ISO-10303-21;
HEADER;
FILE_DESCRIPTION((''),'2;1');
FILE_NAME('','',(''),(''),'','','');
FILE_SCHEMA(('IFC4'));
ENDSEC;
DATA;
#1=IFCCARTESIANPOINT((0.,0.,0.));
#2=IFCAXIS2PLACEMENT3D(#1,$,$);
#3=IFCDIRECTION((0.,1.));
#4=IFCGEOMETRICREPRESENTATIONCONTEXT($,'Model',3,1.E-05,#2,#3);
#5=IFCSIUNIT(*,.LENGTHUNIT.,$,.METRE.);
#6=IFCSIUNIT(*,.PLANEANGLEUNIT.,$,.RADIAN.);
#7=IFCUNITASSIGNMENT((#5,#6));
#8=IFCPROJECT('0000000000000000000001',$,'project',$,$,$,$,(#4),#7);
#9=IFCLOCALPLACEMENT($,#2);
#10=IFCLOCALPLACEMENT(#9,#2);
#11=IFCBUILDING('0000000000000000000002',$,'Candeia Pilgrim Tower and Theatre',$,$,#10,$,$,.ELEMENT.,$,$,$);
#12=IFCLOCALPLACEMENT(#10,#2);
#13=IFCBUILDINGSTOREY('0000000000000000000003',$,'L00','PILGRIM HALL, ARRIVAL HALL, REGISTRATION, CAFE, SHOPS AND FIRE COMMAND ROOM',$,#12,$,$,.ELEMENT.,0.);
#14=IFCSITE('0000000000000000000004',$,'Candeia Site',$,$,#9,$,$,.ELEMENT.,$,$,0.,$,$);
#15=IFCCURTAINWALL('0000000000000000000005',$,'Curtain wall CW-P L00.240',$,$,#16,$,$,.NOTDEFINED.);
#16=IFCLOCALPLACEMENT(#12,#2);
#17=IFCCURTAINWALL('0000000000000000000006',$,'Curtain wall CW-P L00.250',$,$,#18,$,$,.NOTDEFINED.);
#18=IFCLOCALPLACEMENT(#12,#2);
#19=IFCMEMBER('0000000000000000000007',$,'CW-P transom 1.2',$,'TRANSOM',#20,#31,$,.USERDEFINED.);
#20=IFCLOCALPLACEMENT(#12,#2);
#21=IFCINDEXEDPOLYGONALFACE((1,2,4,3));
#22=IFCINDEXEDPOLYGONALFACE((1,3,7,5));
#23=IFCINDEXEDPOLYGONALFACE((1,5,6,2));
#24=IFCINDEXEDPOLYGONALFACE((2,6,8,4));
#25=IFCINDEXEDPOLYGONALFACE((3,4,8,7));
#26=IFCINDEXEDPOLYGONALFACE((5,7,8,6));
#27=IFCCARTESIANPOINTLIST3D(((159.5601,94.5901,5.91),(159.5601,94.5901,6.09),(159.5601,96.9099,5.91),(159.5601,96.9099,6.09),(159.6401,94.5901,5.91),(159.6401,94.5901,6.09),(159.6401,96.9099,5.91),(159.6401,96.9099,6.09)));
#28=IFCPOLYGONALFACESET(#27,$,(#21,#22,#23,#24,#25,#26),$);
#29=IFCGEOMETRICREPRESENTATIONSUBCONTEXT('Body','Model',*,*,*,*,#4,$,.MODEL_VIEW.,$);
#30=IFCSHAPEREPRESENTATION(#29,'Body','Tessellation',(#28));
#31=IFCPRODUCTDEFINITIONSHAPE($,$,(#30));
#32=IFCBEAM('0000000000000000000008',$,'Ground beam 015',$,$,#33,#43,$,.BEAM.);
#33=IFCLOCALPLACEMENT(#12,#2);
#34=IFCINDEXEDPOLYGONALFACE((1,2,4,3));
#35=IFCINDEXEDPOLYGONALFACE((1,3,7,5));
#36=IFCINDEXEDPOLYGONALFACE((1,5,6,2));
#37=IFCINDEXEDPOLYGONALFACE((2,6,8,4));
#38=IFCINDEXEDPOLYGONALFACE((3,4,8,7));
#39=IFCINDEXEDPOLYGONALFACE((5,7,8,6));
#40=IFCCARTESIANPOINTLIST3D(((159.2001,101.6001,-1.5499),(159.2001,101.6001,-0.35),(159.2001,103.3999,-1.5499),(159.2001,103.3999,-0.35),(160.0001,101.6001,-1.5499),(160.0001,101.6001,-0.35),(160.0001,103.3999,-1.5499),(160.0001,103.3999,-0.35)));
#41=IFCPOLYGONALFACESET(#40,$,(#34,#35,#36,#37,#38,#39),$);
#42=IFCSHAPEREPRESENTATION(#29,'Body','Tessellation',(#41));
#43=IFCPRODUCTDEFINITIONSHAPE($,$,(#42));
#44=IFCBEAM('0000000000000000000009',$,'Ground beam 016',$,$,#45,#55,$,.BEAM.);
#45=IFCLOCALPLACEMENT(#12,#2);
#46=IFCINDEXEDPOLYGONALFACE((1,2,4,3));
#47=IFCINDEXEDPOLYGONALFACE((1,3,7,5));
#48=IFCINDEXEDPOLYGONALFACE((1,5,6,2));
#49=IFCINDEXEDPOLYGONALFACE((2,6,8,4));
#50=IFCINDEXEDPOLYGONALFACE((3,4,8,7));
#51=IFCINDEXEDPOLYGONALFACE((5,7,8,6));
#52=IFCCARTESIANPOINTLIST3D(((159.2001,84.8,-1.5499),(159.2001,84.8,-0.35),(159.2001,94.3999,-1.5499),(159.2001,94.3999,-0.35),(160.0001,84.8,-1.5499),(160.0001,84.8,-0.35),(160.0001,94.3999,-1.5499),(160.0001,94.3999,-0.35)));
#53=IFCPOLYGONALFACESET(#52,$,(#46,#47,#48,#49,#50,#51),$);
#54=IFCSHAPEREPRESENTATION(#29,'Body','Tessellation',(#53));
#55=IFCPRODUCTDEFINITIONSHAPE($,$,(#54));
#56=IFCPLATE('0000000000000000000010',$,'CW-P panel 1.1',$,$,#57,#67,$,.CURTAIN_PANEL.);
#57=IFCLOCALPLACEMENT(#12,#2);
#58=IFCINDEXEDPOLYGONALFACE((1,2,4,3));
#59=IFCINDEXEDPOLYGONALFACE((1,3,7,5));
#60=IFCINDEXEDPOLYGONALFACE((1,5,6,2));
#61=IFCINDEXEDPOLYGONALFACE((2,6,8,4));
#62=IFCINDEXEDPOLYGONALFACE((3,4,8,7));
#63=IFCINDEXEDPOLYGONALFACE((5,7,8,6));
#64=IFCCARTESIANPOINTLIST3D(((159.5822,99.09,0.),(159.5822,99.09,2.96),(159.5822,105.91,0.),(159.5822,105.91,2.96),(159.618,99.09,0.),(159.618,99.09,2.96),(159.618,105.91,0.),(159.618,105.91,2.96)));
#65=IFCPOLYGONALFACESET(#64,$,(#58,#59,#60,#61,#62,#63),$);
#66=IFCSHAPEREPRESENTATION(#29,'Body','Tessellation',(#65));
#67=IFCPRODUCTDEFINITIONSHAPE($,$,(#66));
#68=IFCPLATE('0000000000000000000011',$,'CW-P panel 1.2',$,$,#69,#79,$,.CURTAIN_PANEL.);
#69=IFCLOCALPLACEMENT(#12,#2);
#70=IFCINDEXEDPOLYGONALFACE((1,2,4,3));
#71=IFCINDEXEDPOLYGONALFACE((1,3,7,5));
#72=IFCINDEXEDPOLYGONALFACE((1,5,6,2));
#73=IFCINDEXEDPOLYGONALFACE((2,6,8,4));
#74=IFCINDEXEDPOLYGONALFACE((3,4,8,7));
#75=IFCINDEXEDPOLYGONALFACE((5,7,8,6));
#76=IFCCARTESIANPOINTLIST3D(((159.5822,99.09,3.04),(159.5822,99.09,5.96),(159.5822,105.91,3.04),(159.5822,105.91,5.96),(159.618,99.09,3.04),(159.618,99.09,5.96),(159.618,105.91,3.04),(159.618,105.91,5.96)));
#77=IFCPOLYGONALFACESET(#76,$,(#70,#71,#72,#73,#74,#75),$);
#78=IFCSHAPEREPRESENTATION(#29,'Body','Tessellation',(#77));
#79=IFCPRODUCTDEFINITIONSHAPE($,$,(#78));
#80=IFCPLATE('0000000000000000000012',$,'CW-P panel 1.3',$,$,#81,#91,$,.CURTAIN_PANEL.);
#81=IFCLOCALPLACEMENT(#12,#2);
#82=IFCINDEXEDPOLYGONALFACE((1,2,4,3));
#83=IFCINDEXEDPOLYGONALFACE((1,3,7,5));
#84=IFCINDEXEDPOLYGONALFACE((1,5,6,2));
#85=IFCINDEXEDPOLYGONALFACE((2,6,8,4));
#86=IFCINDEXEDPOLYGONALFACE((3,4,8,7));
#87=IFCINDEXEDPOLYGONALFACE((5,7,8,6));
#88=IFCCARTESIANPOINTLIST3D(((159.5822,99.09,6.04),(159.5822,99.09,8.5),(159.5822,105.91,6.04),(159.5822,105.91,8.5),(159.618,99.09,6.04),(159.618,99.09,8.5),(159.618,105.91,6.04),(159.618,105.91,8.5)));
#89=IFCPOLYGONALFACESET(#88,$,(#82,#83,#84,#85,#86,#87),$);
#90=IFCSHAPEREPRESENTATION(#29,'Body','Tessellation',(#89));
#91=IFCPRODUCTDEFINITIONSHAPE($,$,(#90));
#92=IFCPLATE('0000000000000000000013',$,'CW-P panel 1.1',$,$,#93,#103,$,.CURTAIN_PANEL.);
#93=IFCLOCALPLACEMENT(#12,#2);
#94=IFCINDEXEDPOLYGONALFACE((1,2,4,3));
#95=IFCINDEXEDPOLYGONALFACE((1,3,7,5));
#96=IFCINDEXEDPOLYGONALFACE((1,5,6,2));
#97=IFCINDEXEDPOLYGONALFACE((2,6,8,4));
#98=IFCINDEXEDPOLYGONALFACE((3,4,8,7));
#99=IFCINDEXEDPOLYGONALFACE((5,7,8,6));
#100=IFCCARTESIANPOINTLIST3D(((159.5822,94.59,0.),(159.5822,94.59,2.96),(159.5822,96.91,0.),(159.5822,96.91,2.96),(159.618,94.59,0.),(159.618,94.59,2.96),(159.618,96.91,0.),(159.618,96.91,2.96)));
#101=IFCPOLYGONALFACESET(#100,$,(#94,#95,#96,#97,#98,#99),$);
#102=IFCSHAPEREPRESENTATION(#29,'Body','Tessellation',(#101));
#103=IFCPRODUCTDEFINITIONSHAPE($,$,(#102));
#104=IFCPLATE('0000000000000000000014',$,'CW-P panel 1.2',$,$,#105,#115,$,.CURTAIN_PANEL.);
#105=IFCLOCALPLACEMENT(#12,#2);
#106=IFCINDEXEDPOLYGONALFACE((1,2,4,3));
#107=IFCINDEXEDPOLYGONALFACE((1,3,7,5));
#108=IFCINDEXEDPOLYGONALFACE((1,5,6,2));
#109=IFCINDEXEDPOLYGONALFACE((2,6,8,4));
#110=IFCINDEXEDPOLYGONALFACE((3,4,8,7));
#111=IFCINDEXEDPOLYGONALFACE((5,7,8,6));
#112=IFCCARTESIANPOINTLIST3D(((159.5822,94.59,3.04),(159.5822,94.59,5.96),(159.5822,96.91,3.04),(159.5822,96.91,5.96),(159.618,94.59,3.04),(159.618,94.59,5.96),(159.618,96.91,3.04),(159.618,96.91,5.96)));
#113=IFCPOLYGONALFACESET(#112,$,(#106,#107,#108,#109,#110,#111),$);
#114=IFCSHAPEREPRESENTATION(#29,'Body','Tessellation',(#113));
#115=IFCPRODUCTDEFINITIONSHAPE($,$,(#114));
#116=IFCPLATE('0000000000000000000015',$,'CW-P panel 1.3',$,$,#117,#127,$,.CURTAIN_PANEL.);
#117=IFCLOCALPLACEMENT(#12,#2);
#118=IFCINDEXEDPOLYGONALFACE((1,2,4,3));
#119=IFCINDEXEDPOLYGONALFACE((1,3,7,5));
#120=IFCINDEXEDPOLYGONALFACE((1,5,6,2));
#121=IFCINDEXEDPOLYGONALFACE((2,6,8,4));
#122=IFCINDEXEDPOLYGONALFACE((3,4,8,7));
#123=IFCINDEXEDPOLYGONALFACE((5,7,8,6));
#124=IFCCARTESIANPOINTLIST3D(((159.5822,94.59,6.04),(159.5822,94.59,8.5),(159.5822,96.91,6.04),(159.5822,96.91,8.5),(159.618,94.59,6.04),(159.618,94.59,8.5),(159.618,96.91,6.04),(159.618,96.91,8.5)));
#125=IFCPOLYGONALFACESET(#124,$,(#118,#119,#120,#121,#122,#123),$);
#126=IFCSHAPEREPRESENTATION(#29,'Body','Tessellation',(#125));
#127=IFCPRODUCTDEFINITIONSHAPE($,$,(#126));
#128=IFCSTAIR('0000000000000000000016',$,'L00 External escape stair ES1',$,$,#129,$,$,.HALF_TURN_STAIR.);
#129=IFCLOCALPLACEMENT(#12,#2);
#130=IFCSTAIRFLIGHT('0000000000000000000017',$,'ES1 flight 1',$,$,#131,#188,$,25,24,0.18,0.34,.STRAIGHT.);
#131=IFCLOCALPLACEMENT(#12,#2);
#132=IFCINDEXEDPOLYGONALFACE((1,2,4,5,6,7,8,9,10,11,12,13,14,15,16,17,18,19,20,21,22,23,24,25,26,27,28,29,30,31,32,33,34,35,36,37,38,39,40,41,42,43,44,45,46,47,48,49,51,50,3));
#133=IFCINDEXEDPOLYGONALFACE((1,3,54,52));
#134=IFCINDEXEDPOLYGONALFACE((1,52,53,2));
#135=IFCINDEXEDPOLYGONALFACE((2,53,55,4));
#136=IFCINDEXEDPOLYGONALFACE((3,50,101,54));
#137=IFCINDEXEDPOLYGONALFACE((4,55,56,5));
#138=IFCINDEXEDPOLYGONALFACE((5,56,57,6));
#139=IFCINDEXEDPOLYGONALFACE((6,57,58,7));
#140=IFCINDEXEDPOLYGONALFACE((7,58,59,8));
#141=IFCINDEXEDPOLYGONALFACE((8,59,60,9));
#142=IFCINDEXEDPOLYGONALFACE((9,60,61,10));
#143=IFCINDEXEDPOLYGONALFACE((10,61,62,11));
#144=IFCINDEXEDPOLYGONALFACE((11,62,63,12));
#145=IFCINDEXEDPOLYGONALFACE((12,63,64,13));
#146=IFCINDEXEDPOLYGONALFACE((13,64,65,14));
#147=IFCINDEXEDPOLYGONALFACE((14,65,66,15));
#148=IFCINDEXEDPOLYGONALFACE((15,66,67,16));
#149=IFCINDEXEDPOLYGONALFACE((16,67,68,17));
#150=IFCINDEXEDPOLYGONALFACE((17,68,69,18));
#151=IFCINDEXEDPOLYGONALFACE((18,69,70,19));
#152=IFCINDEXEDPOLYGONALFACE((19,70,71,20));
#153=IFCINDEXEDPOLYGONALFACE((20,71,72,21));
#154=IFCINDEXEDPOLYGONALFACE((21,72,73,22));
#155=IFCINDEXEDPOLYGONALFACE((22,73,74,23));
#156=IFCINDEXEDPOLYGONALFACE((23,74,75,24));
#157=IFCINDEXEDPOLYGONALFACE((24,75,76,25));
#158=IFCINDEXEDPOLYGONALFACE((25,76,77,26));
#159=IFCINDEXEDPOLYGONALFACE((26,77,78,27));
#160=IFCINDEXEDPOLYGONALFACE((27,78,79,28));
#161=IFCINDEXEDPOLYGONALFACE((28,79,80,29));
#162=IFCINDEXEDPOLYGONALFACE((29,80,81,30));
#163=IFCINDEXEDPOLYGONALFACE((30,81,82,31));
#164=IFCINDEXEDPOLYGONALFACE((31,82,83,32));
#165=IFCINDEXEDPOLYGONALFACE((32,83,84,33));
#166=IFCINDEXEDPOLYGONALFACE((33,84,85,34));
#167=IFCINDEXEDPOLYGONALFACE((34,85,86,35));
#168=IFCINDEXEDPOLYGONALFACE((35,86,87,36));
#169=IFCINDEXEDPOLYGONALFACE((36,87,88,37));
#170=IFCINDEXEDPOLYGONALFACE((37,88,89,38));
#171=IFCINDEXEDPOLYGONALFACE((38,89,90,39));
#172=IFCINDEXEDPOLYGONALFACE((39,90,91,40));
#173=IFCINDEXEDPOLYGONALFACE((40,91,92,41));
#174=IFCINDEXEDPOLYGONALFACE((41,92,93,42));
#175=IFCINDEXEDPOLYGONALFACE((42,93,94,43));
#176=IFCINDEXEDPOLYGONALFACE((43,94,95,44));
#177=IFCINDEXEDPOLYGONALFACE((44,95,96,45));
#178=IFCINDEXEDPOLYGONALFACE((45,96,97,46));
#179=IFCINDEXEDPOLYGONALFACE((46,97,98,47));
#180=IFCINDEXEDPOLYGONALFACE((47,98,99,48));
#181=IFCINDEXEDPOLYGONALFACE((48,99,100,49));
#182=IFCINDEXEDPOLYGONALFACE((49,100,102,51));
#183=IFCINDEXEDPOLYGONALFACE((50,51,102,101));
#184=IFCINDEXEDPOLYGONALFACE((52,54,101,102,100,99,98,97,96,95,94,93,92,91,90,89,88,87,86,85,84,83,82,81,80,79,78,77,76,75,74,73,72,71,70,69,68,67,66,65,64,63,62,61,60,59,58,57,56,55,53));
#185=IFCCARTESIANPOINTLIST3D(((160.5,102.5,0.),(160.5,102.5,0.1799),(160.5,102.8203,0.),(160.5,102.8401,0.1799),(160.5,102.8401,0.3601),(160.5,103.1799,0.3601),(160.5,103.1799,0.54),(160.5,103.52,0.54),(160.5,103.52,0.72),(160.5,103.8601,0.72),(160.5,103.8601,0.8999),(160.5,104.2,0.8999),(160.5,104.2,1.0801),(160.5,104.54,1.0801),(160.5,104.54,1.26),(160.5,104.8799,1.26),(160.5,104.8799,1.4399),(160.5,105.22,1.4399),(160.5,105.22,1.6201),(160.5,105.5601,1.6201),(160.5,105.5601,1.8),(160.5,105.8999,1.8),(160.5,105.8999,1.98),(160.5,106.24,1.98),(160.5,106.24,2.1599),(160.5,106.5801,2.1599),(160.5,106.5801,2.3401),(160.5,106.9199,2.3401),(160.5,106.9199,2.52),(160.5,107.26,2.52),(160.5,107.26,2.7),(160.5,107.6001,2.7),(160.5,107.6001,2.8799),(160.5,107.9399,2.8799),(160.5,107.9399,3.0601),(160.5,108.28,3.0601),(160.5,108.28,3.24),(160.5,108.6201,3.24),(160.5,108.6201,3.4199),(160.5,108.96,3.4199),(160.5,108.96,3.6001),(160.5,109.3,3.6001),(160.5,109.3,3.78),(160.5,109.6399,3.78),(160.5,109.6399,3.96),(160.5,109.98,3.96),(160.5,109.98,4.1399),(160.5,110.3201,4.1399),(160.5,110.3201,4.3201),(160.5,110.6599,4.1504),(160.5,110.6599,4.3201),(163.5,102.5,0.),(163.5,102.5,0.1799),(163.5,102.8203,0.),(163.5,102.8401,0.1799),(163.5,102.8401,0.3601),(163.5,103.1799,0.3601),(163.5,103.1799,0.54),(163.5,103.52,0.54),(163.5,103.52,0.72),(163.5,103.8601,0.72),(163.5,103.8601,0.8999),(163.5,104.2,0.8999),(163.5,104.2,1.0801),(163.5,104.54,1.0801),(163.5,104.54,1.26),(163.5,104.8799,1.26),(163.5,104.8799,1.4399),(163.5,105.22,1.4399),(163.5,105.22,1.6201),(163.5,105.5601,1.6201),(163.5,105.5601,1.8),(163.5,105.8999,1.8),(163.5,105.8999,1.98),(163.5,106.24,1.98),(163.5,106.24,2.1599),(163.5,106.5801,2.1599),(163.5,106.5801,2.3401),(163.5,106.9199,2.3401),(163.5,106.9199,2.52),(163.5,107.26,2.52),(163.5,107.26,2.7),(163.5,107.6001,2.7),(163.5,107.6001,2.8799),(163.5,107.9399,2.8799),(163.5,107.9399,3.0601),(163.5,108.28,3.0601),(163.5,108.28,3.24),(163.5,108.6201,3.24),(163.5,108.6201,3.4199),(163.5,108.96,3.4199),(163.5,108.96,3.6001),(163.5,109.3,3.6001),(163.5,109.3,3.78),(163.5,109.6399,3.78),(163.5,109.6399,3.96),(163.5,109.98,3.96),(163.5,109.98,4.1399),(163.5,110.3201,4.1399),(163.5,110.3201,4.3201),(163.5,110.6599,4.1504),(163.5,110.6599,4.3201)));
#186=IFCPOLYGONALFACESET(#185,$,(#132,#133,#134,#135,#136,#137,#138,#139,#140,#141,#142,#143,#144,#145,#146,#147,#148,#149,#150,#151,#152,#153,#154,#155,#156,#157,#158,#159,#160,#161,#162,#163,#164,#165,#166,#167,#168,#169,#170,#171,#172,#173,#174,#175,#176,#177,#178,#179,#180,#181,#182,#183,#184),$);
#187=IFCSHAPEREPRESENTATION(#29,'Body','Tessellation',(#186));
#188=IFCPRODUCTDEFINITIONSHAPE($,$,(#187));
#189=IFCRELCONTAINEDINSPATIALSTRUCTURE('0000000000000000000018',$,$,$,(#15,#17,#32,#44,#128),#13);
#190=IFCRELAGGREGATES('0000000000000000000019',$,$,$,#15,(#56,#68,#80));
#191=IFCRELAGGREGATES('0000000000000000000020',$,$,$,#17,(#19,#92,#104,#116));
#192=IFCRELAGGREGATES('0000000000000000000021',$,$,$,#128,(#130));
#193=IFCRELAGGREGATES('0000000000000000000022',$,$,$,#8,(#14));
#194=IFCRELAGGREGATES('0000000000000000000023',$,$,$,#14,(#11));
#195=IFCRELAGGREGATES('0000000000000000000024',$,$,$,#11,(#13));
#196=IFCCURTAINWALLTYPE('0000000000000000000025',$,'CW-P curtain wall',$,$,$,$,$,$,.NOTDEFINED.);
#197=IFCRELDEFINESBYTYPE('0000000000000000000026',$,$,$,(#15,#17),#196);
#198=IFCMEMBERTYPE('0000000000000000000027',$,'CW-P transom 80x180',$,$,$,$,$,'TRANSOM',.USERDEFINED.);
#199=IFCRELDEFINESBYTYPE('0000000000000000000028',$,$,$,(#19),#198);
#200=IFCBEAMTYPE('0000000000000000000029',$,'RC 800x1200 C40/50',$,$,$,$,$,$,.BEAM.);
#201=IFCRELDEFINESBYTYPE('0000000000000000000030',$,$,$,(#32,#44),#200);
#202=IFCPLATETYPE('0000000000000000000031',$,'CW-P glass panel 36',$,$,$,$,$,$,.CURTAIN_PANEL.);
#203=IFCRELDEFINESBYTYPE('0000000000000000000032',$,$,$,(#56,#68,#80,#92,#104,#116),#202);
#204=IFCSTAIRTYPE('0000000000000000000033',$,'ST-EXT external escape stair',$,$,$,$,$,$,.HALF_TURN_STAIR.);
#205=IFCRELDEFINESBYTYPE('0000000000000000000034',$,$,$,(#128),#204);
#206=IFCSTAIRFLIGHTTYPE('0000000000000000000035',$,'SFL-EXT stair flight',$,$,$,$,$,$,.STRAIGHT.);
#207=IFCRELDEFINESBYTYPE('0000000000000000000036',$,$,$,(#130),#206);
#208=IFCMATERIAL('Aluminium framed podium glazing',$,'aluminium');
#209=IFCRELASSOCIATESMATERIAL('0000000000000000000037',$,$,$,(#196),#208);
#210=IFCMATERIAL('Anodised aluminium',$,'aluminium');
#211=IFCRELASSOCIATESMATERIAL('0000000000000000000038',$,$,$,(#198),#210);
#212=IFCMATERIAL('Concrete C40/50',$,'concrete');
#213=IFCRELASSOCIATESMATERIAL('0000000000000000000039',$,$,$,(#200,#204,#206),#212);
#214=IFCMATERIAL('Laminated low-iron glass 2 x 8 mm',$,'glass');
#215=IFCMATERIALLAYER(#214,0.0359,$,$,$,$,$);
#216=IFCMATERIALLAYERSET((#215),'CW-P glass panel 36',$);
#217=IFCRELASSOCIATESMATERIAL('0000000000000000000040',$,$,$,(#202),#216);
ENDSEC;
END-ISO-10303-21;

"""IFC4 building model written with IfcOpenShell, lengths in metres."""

from ifc_helpers import new_model, si_unit, direction, frame, origin, origin_2d, place, context, subcontext, project, spatial, polyline, rectangle, outline, extrude, material, layer, layer_set, material_profile, profile_set, type_object, element, aggregate, save


model = new_model("IFC4")

# Units and contexts
model_context = context("Model", 3, precision=1e-05, world=origin(), true_north=direction((0.0, 1.0)))
body_context = subcontext(model_context, "Body", "Model", "MODEL_VIEW")
ifc_project = project(units=[si_unit("LENGTHUNIT", "METRE"), si_unit("PLANEANGLEUNIT", "RADIAN")], contexts=[model_context])

# Site, building, storey
site_placement = place(None, origin())
site = spatial("IfcSite", under=ifc_project, at=site_placement, Name="Candeia Site", CompositionType="ELEMENT", RefElevation=0.0)
building_placement = place(site_placement, origin())
building = spatial("IfcBuilding", under=site, at=building_placement, Name="Candeia Pilgrim Tower and Theatre", CompositionType="ELEMENT")
storey_placement = place(building_placement, origin())
storey = spatial("IfcBuildingStorey", under=building, at=storey_placement, Name="L00", Description="PILGRIM HALL, ARRIVAL HALL, REGISTRATION, CAFE, SHOPS AND FIRE COMMAND ROOM", CompositionType="ELEMENT", Elevation=0.0)

# Shared definitions
ifc_material_1 = material(Name="Concrete C40/50", Category="concrete")

# Curtain wall
ifc_material_2 = material(Name="Aluminium framed podium glazing", Category="aluminium")
curtain_wall_type = type_object("IfcCurtainWallType", Name="CW-P curtain wall", PredefinedType="NOTDEFINED", material=ifc_material_2)
curtain_wall_1_placement = place(storey_placement, origin())
curtain_wall_1 = element("IfcCurtainWall", 1, at=curtain_wall_1_placement, inside=storey, type_object=curtain_wall_type, Name="Curtain wall CW-P L00.240", PredefinedType="NOTDEFINED")
ifc_material_3 = material(Name="Anodised aluminium", Category="aluminium")

# Curtain wall, member
curtain_wall_2_placement = place(storey_placement, origin())
curtain_wall_2 = element("IfcCurtainWall", 2, at=curtain_wall_2_placement, inside=storey, type_object=curtain_wall_type, Name="Curtain wall CW-P L00.250", PredefinedType="NOTDEFINED")
ifc_material_profile_1 = material_profile(ifc_material_3, rectangle(XDim=0.0801, YDim=0.1799, at=origin_2d()))
ifc_profile_set_1 = profile_set([ifc_material_profile_1], Name="Anodised aluminium")
member_type_1 = type_object("IfcMemberType", Name="CW-P transom 80x180", ElementType="TRANSOM", PredefinedType="USERDEFINED", material=ifc_profile_set_1)
member_1_placement = place(storey_placement, frame((159.6001, 96.9099, 6.0), z_axis=(0.0, -1.0, 0.0), x_axis=(1.0, 0.0, 0.0)))
member_1 = element("IfcMember", 3, at=member_1_placement, type_object=member_type_1, Name="CW-P transom 1.2", ObjectType="TRANSOM", PredefinedType="USERDEFINED", context=body_context, shape_type="SweptSolid", body=[
    extrude(rectangle(XDim=0.0801, YDim=0.1799, at=origin_2d()), origin(), (0.0, 0.0, 1.0), 2.3198),
])

# Beams
ifc_material_profile_2 = material_profile(ifc_material_1, rectangle(XDim=0.8, YDim=1.2, at=origin_2d()))
ifc_profile_set_2 = profile_set([ifc_material_profile_2], Name="Concrete C40/50")
beam_type = type_object("IfcBeamType", Name="RC 800x1200 C40/50", PredefinedType="BEAM", material=ifc_profile_set_2)
beam_1_placement = place(storey_placement, frame((159.6001, 101.6001, -0.95), z_axis=(0.0, 1.0, 0.0), x_axis=(-1.0, 0.0, 0.0)))
element("IfcBeam", 4, at=beam_1_placement, inside=storey, type_object=beam_type, Name="Ground beam 015", PredefinedType="BEAM", context=body_context, shape_type="SweptSolid", body=[
    extrude(rectangle(XDim=0.8, YDim=1.2, at=origin_2d()), origin(), (0.0, 0.0, 1.0), 1.7998),
])
beam_2_placement = place(storey_placement, frame((159.6001, 94.3999, -0.95), z_axis=(0.0, -1.0, 0.0), x_axis=(1.0, 0.0, 0.0)))
element("IfcBeam", 5, at=beam_2_placement, inside=storey, type_object=beam_type, Name="Ground beam 016", PredefinedType="BEAM", context=body_context, shape_type="SweptSolid", body=[
    extrude(rectangle(XDim=0.8, YDim=1.2, at=origin_2d()), origin(), (0.0, 0.0, 1.0), 9.5999),
])

# Plates
ifc_material_4 = material(Name="Laminated low-iron glass 2 x 8 mm", Category="glass")
ifc_layer_1 = layer(ifc_material_4, 0.0359)
ifc_layer_set_1 = layer_set([ifc_layer_1], Name="CW-P glass panel 36")
plate_type = type_object("IfcPlateType", Name="CW-P glass panel 36", PredefinedType="CURTAIN_PANEL", material=ifc_layer_set_1)
plate_1_placement = place(storey_placement, frame((159.6001, 102.5, 0.0), z_axis=(0.0, 0.0, 1.0), x_axis=(0.0, -1.0, 0.0)))
plate_1 = element("IfcPlate", 6, at=plate_1_placement, type_object=plate_type, Name="CW-P panel 1.1", PredefinedType="CURTAIN_PANEL", context=body_context, shape_type="SweptSolid", body=[
    extrude(rectangle(XDim=6.8201, YDim=0.0359, at=origin_2d()), origin(), (0.0, 0.0, 1.0), 2.96),
])
plate_2_placement = place(storey_placement, frame((159.6001, 102.5, 3.04), z_axis=(0.0, 0.0, 1.0), x_axis=(0.0, -1.0, 0.0)))
plate_2 = element("IfcPlate", 7, at=plate_2_placement, type_object=plate_type, Name="CW-P panel 1.2", PredefinedType="CURTAIN_PANEL", context=body_context, shape_type="SweptSolid", body=[
    extrude(rectangle(XDim=6.8201, YDim=0.0359, at=origin_2d()), origin(), (0.0, 0.0, 1.0), 2.9199),
])
plate_3_placement = place(storey_placement, frame((159.6001, 102.5, 6.04), z_axis=(0.0, 0.0, 1.0), x_axis=(0.0, -1.0, 0.0)))
plate_3 = element("IfcPlate", 8, at=plate_3_placement, type_object=plate_type, Name="CW-P panel 1.3", PredefinedType="CURTAIN_PANEL", context=body_context, shape_type="SweptSolid", body=[
    extrude(rectangle(XDim=6.8201, YDim=0.0359, at=origin_2d()), origin(), (0.0, 0.0, 1.0), 2.46),
])
aggregate(curtain_wall_1, [plate_1, plate_2, plate_3])
plate_4_placement = place(storey_placement, frame((159.6001, 95.75, 0.0), z_axis=(0.0, 0.0, 1.0), x_axis=(0.0, -1.0, 0.0)))
plate_4 = element("IfcPlate", 9, at=plate_4_placement, type_object=plate_type, Name="CW-P panel 1.1", PredefinedType="CURTAIN_PANEL", context=body_context, shape_type="SweptSolid", body=[
    extrude(rectangle(XDim=2.3201, YDim=0.0359, at=origin_2d()), origin(), (0.0, 0.0, 1.0), 2.96),
])
plate_5_placement = place(storey_placement, frame((159.6001, 95.75, 3.04), z_axis=(0.0, 0.0, 1.0), x_axis=(0.0, -1.0, 0.0)))
plate_5 = element("IfcPlate", 10, at=plate_5_placement, type_object=plate_type, Name="CW-P panel 1.2", PredefinedType="CURTAIN_PANEL", context=body_context, shape_type="SweptSolid", body=[
    extrude(rectangle(XDim=2.3201, YDim=0.0359, at=origin_2d()), origin(), (0.0, 0.0, 1.0), 2.9199),
])
plate_6_placement = place(storey_placement, frame((159.6001, 95.75, 6.04), z_axis=(0.0, 0.0, 1.0), x_axis=(0.0, -1.0, 0.0)))
plate_6 = element("IfcPlate", 11, at=plate_6_placement, type_object=plate_type, Name="CW-P panel 1.3", PredefinedType="CURTAIN_PANEL", context=body_context, shape_type="SweptSolid", body=[
    extrude(rectangle(XDim=2.3201, YDim=0.0359, at=origin_2d()), origin(), (0.0, 0.0, 1.0), 2.46),
])
aggregate(curtain_wall_2, [member_1, plate_4, plate_5, plate_6])

# Stair, stair flight
stair_type = type_object("IfcStairType", Name="ST-EXT external escape stair", PredefinedType="HALF_TURN_STAIR", material=ifc_material_1)
stair_placement = place(storey_placement, origin())
stair = element("IfcStair", 12, at=stair_placement, inside=storey, type_object=stair_type, Name="L00 External escape stair ES1", PredefinedType="HALF_TURN_STAIR")
stair_flight_type = type_object("IfcStairFlightType", Name="SFL-EXT stair flight", PredefinedType="STRAIGHT", material=ifc_material_1)
stair_flight_placement = place(storey_placement, frame((162.0, 102.5, 0.0), z_axis=(0.0, 0.0, 1.0), x_axis=(0.0, 1.0, 0.0)))
stair_flight = element("IfcStairFlight", 13, at=stair_flight_placement, type_object=stair_flight_type, Name="ES1 flight 1", NumberOfRisers=25, NumberOfTreads=24, PredefinedType="STRAIGHT", RiserHeight=0.18, TreadLength=0.34, context=body_context, shape_type="SweptSolid", body=[
    extrude(outline(polyline([(0.0, 0.0), (0.0, 0.1799), (0.3401, 0.1799), (0.3401, 0.3601), (0.6799, 0.3601), (0.6799, 0.54), (1.02, 0.54), (1.02, 0.72), (1.3601, 0.72), (1.3601, 0.8999), (1.7, 0.8999), (1.7, 1.0801), (2.04, 1.0801), (2.04, 1.26), (2.3799, 1.26), (2.3799, 1.4399), (2.72, 1.4399), (2.72, 1.6201), (3.0601, 1.6201), (3.0601, 1.8), (3.3999, 1.8), (3.3999, 1.98), (3.74, 1.98), (3.74, 2.1599), (4.0801, 2.1599), (4.0801, 2.3401), (4.4199, 2.3401), (4.4199, 2.52), (4.76, 2.52), (4.76, 2.7), (5.1001, 2.7), (5.1001, 2.8799), (5.4399, 2.8799), (5.4399, 3.0601), (5.78, 3.0601), (5.78, 3.24), (6.1201, 3.24), (6.1201, 3.4199), (6.46, 3.4199), (6.46, 3.6001), (6.8, 3.6001), (6.8, 3.78), (7.1399, 3.78), (7.1399, 3.96), (7.48, 3.96), (7.48, 4.1399), (7.8201, 4.1399), (7.8201, 4.3201), (8.1599, 4.3201), (8.1599, 4.5), (8.1599, 4.1504), (0.3203, 0.0), (0.0, 0.0)])), frame((0.0, 1.5, 0.0), z_axis=(0.0, -1.0, 0.0), x_axis=(1.0, 0.0, 0.0)), (0.0, 0.0, 1.0), 3.0),
])
aggregate(stair, [stair_flight])

save(model, "model.ifc")
